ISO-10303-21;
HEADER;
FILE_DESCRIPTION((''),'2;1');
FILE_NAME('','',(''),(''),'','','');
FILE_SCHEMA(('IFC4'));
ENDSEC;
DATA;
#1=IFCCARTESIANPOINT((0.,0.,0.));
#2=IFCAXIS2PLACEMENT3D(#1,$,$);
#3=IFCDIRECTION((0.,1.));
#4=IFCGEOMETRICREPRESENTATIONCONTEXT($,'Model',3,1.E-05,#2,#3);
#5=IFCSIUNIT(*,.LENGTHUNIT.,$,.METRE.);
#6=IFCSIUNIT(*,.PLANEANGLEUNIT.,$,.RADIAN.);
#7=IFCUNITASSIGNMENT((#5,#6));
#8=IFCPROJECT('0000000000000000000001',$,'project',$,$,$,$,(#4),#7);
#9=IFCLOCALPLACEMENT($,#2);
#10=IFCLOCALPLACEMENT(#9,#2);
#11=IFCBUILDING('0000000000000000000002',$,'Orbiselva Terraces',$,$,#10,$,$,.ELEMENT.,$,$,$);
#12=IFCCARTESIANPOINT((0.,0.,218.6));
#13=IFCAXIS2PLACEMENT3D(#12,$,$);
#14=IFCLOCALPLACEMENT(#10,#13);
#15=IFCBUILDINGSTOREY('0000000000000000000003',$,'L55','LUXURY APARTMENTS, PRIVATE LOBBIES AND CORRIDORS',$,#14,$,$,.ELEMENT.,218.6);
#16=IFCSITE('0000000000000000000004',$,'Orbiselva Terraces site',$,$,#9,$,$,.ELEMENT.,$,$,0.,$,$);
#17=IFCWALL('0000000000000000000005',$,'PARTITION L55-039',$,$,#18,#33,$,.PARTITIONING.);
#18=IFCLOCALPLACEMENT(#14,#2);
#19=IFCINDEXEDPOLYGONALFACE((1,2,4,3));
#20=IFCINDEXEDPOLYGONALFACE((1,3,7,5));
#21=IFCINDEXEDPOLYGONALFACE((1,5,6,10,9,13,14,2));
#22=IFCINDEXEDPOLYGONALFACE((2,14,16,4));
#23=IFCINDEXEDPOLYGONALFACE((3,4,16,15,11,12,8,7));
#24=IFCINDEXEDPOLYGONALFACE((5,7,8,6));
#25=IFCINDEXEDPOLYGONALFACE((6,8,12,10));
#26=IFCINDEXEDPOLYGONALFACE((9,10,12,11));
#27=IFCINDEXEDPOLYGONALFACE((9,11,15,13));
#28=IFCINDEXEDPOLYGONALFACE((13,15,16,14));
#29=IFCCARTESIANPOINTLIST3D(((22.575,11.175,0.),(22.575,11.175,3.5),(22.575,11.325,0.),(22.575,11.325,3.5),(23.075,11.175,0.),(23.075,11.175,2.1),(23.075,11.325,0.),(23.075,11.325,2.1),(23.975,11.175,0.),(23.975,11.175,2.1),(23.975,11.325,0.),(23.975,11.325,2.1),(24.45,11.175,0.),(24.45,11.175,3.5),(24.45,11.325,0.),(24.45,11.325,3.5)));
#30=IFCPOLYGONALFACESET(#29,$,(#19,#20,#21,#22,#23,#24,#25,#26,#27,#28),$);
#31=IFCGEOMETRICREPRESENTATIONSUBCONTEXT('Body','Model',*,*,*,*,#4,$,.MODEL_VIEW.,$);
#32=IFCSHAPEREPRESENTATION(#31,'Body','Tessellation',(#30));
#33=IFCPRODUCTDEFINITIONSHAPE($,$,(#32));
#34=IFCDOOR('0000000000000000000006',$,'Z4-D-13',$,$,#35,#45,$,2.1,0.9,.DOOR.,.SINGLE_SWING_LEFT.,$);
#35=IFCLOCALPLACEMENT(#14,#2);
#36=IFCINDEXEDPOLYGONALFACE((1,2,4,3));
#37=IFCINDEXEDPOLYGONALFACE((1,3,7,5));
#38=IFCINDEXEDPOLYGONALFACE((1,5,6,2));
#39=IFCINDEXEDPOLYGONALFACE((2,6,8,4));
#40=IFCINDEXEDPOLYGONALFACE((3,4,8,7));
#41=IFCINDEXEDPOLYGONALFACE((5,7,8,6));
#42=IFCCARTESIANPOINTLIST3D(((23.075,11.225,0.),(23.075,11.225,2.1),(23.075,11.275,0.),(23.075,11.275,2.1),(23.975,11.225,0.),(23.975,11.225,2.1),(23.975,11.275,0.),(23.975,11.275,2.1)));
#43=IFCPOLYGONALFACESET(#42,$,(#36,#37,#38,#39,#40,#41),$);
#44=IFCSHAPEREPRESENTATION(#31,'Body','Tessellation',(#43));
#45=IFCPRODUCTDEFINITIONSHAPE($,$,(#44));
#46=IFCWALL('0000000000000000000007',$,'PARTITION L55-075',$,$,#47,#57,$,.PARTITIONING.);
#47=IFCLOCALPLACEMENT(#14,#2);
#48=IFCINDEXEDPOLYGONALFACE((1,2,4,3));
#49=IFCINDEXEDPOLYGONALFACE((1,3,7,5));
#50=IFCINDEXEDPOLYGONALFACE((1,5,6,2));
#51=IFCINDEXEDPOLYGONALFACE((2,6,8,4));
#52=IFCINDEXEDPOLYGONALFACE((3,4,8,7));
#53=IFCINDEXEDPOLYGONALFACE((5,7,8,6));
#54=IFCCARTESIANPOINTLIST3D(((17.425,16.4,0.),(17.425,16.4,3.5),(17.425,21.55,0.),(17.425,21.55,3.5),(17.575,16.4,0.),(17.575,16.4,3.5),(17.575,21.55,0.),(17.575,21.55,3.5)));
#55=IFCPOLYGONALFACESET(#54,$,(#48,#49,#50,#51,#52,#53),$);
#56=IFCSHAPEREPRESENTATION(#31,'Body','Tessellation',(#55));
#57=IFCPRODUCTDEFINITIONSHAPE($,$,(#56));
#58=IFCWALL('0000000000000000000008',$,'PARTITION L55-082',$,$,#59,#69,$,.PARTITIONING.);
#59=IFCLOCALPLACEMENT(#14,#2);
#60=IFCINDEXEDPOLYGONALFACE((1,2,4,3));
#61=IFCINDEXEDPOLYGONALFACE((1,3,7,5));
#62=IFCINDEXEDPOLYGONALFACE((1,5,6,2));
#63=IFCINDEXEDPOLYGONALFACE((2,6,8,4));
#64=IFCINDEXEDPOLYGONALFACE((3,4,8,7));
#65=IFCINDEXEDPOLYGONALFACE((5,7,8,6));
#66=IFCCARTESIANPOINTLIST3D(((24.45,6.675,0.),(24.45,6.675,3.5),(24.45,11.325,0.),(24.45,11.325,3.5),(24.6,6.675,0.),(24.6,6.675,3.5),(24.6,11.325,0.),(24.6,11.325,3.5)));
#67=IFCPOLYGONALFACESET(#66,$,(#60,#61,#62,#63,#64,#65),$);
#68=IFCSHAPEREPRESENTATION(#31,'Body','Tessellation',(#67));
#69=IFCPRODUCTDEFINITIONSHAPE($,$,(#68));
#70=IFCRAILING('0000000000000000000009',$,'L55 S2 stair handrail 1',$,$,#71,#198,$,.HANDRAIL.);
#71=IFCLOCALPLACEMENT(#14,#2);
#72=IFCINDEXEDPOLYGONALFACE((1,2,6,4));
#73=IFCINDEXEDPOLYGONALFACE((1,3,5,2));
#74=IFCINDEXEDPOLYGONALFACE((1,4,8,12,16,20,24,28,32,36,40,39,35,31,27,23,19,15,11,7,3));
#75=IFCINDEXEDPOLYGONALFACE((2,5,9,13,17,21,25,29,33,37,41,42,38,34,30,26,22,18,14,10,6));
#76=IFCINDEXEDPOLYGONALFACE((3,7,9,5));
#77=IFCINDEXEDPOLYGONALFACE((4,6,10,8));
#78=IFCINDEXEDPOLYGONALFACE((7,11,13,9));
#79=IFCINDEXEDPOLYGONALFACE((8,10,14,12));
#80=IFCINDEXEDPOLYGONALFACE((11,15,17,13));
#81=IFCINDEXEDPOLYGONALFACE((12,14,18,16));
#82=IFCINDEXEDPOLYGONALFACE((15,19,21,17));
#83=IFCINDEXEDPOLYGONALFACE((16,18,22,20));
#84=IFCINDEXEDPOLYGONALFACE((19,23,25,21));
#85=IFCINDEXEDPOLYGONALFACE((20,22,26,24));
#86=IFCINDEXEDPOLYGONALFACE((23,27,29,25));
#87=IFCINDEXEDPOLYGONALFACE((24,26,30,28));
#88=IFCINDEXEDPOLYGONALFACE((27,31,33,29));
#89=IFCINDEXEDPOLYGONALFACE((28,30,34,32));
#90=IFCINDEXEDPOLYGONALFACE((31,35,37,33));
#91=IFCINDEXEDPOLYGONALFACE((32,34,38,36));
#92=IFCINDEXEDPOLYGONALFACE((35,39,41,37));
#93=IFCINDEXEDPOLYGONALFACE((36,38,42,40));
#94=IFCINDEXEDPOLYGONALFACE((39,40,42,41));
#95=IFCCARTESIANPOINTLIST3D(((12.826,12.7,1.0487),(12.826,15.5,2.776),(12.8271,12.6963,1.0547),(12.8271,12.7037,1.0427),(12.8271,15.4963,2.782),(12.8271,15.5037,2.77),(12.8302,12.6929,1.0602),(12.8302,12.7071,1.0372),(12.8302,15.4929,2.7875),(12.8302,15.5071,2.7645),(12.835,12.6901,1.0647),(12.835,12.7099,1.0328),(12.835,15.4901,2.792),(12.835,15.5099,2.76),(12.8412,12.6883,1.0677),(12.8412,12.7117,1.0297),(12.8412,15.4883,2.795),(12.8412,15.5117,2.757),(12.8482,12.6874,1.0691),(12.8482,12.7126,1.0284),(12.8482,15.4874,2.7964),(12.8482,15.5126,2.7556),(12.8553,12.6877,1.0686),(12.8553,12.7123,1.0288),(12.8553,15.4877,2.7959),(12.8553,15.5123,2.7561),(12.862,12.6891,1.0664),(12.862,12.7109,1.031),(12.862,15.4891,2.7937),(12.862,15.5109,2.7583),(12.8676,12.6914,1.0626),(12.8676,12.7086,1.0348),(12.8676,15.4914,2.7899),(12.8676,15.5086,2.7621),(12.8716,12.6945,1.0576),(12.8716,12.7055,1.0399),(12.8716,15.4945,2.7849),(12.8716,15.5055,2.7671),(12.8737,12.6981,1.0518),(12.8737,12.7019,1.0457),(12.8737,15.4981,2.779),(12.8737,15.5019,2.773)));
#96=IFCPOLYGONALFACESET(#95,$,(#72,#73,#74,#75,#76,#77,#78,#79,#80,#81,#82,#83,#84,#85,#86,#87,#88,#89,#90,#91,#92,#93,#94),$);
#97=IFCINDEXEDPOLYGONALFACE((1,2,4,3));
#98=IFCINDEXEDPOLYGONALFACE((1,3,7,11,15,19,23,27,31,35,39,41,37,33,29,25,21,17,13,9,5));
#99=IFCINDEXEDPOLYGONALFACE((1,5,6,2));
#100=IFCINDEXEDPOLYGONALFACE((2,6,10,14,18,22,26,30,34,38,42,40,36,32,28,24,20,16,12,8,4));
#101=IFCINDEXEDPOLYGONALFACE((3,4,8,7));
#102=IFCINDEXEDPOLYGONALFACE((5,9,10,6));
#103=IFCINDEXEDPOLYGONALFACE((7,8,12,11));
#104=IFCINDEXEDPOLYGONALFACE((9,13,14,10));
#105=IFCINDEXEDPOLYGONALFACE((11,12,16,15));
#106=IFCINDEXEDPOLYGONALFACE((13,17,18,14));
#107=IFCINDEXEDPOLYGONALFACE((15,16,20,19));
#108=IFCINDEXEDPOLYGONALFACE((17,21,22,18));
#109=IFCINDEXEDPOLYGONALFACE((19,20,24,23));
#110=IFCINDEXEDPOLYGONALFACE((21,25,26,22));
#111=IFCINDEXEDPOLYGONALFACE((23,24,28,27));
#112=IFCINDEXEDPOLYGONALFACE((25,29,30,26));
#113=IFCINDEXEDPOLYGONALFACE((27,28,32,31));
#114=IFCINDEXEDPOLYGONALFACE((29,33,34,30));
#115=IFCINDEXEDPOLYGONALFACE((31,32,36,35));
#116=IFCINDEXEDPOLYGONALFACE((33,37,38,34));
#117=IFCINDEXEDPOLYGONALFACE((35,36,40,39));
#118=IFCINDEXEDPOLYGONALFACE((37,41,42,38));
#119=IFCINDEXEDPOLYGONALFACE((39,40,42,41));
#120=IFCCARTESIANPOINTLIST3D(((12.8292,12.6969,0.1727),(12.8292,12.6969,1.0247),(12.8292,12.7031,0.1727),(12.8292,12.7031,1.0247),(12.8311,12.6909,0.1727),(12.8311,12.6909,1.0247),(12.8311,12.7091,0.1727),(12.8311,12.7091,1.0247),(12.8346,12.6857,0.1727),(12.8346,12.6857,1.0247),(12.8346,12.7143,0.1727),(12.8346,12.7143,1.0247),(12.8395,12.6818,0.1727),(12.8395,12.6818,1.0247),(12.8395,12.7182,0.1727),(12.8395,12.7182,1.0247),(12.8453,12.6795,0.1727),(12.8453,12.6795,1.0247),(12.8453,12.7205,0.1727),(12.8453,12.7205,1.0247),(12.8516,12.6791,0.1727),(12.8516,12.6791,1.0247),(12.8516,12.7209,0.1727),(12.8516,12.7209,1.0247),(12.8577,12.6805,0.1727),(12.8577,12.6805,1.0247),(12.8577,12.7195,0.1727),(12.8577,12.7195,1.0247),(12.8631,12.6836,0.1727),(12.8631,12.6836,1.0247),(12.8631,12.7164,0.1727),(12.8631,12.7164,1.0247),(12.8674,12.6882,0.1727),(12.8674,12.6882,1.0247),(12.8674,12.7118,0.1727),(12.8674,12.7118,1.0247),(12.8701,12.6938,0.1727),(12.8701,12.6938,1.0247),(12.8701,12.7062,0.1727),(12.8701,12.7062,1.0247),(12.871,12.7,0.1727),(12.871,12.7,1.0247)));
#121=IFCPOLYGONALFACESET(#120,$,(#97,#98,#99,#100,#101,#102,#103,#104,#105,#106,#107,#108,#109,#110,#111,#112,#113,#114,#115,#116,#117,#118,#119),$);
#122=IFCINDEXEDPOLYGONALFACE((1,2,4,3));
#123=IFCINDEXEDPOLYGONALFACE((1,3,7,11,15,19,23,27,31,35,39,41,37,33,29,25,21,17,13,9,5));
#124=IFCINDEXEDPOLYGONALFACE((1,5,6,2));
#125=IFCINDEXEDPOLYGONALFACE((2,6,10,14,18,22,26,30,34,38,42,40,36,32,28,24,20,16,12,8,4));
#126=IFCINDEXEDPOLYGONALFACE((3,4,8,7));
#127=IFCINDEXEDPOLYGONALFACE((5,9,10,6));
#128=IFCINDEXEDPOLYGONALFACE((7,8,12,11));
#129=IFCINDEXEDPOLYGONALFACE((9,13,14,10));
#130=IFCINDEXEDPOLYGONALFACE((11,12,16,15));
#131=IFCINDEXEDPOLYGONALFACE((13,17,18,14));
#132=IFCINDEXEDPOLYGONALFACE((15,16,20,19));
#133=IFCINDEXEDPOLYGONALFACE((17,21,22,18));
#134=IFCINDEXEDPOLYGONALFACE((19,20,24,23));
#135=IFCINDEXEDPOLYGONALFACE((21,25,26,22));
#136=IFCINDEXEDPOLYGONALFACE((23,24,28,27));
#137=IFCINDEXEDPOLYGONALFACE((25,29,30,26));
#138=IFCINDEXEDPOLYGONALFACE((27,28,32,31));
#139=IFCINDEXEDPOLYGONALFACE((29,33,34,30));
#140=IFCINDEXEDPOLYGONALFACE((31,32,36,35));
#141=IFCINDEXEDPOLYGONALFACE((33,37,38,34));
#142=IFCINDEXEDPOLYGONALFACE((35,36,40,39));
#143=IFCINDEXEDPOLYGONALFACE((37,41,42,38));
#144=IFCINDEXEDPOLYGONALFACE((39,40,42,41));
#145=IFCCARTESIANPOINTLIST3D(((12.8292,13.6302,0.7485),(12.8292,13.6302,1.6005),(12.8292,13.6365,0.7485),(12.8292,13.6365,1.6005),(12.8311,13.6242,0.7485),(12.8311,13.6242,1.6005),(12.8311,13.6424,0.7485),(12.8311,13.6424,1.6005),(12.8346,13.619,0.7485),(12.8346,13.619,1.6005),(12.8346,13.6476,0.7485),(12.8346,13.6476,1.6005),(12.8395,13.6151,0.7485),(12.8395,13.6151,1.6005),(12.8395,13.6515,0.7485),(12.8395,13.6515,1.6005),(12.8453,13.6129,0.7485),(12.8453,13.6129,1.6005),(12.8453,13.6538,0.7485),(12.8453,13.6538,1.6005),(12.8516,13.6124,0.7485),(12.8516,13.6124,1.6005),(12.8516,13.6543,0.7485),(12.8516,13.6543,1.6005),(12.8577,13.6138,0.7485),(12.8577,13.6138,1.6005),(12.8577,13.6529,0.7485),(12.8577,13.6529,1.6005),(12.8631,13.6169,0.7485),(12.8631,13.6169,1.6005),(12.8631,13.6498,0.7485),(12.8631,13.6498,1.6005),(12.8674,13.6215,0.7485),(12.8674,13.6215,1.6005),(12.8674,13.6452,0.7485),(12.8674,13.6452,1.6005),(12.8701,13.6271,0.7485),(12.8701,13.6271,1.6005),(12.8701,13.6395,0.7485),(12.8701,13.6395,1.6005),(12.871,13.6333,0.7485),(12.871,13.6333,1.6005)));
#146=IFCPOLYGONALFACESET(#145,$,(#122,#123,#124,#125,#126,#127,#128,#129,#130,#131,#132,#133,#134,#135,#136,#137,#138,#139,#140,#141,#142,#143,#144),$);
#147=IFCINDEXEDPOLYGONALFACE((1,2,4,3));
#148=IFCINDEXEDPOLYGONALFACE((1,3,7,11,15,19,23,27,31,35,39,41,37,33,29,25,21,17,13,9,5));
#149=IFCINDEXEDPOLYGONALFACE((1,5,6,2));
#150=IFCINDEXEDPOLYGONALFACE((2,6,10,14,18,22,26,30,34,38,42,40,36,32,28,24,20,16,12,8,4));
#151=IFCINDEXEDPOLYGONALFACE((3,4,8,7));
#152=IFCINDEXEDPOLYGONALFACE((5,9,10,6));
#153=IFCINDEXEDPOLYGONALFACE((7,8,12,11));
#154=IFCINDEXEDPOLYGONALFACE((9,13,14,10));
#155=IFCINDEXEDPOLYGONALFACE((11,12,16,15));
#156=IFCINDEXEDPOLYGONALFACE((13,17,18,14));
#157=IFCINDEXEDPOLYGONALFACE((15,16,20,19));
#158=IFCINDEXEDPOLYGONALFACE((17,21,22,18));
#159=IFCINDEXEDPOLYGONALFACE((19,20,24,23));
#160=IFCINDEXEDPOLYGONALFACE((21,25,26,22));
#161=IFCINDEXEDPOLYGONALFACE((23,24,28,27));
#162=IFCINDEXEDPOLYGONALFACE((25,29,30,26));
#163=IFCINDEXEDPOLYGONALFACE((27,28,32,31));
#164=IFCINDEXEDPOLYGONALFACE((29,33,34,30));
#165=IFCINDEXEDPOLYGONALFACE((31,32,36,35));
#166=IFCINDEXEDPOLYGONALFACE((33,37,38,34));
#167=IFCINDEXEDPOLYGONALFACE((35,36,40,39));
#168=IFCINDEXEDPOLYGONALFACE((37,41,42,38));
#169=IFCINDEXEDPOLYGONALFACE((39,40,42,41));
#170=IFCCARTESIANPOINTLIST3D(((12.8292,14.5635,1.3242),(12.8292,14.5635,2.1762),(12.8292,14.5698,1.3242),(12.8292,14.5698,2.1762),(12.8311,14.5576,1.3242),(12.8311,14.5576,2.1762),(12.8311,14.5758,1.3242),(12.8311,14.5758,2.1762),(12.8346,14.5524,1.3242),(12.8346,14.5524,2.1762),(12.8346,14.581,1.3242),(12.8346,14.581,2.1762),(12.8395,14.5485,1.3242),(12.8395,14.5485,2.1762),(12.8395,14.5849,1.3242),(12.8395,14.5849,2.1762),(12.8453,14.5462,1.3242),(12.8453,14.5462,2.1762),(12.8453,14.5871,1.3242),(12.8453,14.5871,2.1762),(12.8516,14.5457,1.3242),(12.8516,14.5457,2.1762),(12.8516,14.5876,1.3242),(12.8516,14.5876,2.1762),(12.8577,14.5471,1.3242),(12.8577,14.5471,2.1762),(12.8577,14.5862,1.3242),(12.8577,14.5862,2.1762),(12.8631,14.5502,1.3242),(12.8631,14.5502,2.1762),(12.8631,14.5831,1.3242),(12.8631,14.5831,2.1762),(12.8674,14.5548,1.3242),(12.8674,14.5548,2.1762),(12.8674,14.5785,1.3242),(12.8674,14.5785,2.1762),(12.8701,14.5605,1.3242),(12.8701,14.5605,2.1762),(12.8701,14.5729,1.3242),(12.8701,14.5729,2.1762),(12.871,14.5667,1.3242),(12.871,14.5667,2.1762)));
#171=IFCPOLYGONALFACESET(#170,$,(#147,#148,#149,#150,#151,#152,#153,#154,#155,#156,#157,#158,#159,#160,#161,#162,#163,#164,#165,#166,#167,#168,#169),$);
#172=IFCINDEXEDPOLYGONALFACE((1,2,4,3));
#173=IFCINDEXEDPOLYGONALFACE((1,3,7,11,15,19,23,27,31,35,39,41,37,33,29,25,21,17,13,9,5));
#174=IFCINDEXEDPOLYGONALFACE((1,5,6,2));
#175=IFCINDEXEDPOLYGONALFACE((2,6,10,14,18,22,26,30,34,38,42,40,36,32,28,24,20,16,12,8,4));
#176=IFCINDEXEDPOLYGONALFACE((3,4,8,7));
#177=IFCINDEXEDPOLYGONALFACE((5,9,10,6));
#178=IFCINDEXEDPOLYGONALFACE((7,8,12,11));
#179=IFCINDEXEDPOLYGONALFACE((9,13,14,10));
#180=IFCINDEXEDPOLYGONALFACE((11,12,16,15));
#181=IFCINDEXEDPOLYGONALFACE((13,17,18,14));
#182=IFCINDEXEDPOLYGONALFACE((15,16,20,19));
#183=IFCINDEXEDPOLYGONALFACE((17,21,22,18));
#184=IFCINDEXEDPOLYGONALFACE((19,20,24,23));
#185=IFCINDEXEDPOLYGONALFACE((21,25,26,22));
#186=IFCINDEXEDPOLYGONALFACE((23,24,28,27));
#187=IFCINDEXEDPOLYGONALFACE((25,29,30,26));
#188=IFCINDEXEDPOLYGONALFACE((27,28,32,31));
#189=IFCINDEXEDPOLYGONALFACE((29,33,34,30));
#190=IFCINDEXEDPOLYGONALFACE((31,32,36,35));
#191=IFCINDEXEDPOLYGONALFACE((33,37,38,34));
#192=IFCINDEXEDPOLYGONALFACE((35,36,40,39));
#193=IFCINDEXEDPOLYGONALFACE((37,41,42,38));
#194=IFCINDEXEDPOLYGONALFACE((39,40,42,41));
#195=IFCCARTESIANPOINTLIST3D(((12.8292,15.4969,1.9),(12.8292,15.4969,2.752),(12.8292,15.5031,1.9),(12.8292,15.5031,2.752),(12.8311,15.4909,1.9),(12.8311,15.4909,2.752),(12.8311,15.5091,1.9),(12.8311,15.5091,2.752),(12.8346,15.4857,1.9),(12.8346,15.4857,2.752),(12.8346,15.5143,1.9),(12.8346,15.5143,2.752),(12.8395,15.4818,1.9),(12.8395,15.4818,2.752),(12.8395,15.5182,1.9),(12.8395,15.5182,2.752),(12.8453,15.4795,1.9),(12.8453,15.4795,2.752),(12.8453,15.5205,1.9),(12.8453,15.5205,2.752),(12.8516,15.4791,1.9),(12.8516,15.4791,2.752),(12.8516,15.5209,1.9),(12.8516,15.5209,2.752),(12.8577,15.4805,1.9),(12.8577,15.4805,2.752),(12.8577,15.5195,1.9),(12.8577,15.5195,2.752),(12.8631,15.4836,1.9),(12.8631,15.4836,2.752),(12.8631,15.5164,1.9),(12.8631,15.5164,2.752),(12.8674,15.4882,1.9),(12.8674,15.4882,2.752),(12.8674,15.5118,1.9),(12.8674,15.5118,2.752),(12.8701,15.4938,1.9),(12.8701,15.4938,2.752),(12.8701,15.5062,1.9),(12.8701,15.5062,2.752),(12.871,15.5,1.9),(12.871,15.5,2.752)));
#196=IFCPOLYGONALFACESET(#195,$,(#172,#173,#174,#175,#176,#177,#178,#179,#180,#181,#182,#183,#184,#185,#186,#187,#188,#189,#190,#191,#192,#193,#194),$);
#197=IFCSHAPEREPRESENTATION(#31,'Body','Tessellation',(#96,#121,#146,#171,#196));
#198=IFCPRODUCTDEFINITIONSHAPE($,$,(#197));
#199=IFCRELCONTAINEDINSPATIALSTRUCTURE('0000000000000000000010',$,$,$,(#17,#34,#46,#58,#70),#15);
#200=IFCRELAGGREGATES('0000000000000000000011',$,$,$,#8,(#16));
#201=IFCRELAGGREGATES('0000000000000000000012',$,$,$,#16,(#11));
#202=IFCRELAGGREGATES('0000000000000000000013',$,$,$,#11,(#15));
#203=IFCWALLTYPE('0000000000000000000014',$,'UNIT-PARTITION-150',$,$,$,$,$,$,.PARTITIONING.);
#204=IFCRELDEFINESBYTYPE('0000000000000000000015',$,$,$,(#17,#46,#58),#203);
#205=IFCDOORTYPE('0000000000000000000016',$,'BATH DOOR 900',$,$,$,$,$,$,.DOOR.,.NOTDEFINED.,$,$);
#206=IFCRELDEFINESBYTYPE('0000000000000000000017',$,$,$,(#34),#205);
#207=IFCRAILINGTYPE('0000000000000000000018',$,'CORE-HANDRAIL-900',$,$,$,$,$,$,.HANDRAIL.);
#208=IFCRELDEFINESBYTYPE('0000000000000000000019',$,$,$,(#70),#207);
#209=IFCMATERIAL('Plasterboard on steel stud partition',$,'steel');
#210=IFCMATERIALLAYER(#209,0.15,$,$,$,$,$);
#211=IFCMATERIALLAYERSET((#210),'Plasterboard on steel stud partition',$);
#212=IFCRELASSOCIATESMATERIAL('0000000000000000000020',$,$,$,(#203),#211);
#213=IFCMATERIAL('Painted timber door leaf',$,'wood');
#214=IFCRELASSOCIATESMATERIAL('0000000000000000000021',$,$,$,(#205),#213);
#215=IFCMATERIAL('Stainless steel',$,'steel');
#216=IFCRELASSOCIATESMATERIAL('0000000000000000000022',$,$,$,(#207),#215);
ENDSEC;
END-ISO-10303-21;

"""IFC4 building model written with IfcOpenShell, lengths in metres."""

from ifc_helpers import new_model, si_unit, direction, frame, frame_2d, origin, origin_2d, place, context, subcontext, project, spatial, rectangle, circle, extrude, material, layer, layer_set, type_object, element, fill, save


model = new_model("IFC4")

# Units and contexts
model_context = context("Model", 3, precision=1e-05, world=origin(), true_north=direction((0.0, 1.0)))
body_context = subcontext(model_context, "Body", "Model", "MODEL_VIEW")
ifc_project = project(units=[si_unit("LENGTHUNIT", "METRE"), si_unit("PLANEANGLEUNIT", "RADIAN")], contexts=[model_context])

# Site, building, storey
site_placement = place(None, origin())
site = spatial("IfcSite", under=ifc_project, at=site_placement, Name="Orbiselva Terraces site", CompositionType="ELEMENT", RefElevation=0.0)
building_placement = place(site_placement, origin())
building = spatial("IfcBuilding", under=site, at=building_placement, Name="Orbiselva Terraces", CompositionType="ELEMENT")
storey_placement = place(building_placement, frame((0.0, 0.0, 218.6)))
storey = spatial("IfcBuildingStorey", under=building, at=storey_placement, Name="L55", Description="LUXURY APARTMENTS, PRIVATE LOBBIES AND CORRIDORS", CompositionType="ELEMENT", Elevation=218.6)

# Shared definitions
ifc_material_1 = material(Name="Plasterboard on steel stud partition", Category="steel")
ifc_material_2 = material(Name="Painted timber door leaf", Category="wood")

# Shared definitions
ifc_layer_1 = layer(ifc_material_1, 0.15)
ifc_layer_set_1 = layer_set([ifc_layer_1], Name="Plasterboard on steel stud partition")
wall_type_1 = type_object("IfcWallType", Name="UNIT-PARTITION-150", PredefinedType="PARTITIONING", material=ifc_layer_set_1)

# Shared definitions
door_type_1 = type_object("IfcDoorType", Name="BATH DOOR 900", OperationType="NOTDEFINED", PredefinedType="DOOR", material=ifc_material_2)

# Wall, opening, door
wall_1_placement = place(storey_placement, frame((24.45, 11.25, 0.0), z_axis=(0.0, 0.0, 1.0), x_axis=(-1.0, 0.0, 0.0)))
wall_1 = element("IfcWall", 1, at=wall_1_placement, inside=storey, type_object=wall_type_1, Name="PARTITION L55-039", PredefinedType="PARTITIONING", context=body_context, shape_type="SweptSolid", body=[
    extrude(rectangle(XDim=1.875, YDim=0.15, at=frame_2d((0.9375, 0.0))), origin(), (0.0, 0.0, 1.0), 3.5),
])
opening_1_placement = place(wall_1_placement, frame((0.475, 0.0, 0.0)))
opening_1 = element("IfcOpeningElement", 2, at=opening_1_placement, cuts=wall_1, PredefinedType="OPENING", context=body_context, shape_type="SweptSolid", body=[
    extrude(rectangle(XDim=0.9, YDim=2.1, at=frame_2d((0.45, 1.05))), frame((0.0, 0.085, 0.0), z_axis=(0.0, -1.0, 0.0), x_axis=(1.0, 0.0, 0.0)), (0.0, 0.0, 1.0), 0.17),
])
door_1_placement = place(opening_1_placement, origin())
door_1 = element("IfcDoor", 3, at=door_1_placement, inside=storey, type_object=door_type_1, Name="Z4-D-13", OperationType="SINGLE_SWING_LEFT", OverallHeight=2.1, OverallWidth=0.9, PredefinedType="DOOR", context=body_context, shape_type="SweptSolid", body=[
    extrude(rectangle(XDim=0.9, YDim=2.1, at=frame_2d((0.45, 1.05))), frame((0.0, 0.025, 0.0), z_axis=(0.0, -1.0, 0.0), x_axis=(1.0, 0.0, 0.0)), (0.0, 0.0, 1.0), 0.05),
])
fill(opening_1, door_1)

# Walls
wall_2_placement = place(storey_placement, frame((17.5, 16.4, 0.0), z_axis=(0.0, 0.0, 1.0), x_axis=(0.0, 1.0, 0.0)))
element("IfcWall", 4, at=wall_2_placement, inside=storey, type_object=wall_type_1, Name="PARTITION L55-075", PredefinedType="PARTITIONING", context=body_context, shape_type="SweptSolid", body=[
    extrude(rectangle(XDim=5.15, YDim=0.15, at=frame_2d((2.575, 0.0))), origin(), (0.0, 0.0, 1.0), 3.5),
])
wall_3_placement = place(storey_placement, frame((24.525, 6.675, 0.0), z_axis=(0.0, 0.0, 1.0), x_axis=(0.0, 1.0, 0.0)))
element("IfcWall", 5, at=wall_3_placement, inside=storey, type_object=wall_type_1, Name="PARTITION L55-082", PredefinedType="PARTITIONING", context=body_context, shape_type="SweptSolid", body=[
    extrude(rectangle(XDim=4.65, YDim=0.15, at=frame_2d((2.325, 0.0))), origin(), (0.0, 0.0, 1.0), 3.5),
])

# Railing
ifc_material_3 = material(Name="Stainless steel", Category="steel")
railing_type = type_object("IfcRailingType", Name="CORE-HANDRAIL-900", PredefinedType="HANDRAIL", material=ifc_material_3)
railing_placement = place(storey_placement, frame((12.85, 12.7, 0.1727)))
element("IfcRailing", 6, at=railing_placement, inside=storey, type_object=railing_type, Name="L55 S2 stair handrail 1", PredefinedType="HANDRAIL", context=body_context, shape_type="SweptSolid", body=[
    extrude(circle(Radius=0.024, at=origin_2d()), frame((0.0, 0.0, 0.876), z_axis=(0.0, 0.851089, 0.525022), x_axis=(-1.0, 0.0, 0.0)), (0.0, 0.0, 1.0), 3.2899),
    extrude(circle(Radius=0.021, at=origin_2d()), origin(), (0.0, 0.0, 1.0), 0.852),
    extrude(circle(Radius=0.021, at=origin_2d()), frame((0.0, 0.9333, 0.5758)), (0.0, 0.0, 1.0), 0.852),
    extrude(circle(Radius=0.021, at=origin_2d()), frame((0.0, 1.8667, 1.1515)), (0.0, 0.0, 1.0), 0.852),
    extrude(circle(Radius=0.021, at=origin_2d()), frame((0.0, 2.8, 1.7273)), (0.0, 0.0, 1.0), 0.852),
])

save(model, "model.ifc")
